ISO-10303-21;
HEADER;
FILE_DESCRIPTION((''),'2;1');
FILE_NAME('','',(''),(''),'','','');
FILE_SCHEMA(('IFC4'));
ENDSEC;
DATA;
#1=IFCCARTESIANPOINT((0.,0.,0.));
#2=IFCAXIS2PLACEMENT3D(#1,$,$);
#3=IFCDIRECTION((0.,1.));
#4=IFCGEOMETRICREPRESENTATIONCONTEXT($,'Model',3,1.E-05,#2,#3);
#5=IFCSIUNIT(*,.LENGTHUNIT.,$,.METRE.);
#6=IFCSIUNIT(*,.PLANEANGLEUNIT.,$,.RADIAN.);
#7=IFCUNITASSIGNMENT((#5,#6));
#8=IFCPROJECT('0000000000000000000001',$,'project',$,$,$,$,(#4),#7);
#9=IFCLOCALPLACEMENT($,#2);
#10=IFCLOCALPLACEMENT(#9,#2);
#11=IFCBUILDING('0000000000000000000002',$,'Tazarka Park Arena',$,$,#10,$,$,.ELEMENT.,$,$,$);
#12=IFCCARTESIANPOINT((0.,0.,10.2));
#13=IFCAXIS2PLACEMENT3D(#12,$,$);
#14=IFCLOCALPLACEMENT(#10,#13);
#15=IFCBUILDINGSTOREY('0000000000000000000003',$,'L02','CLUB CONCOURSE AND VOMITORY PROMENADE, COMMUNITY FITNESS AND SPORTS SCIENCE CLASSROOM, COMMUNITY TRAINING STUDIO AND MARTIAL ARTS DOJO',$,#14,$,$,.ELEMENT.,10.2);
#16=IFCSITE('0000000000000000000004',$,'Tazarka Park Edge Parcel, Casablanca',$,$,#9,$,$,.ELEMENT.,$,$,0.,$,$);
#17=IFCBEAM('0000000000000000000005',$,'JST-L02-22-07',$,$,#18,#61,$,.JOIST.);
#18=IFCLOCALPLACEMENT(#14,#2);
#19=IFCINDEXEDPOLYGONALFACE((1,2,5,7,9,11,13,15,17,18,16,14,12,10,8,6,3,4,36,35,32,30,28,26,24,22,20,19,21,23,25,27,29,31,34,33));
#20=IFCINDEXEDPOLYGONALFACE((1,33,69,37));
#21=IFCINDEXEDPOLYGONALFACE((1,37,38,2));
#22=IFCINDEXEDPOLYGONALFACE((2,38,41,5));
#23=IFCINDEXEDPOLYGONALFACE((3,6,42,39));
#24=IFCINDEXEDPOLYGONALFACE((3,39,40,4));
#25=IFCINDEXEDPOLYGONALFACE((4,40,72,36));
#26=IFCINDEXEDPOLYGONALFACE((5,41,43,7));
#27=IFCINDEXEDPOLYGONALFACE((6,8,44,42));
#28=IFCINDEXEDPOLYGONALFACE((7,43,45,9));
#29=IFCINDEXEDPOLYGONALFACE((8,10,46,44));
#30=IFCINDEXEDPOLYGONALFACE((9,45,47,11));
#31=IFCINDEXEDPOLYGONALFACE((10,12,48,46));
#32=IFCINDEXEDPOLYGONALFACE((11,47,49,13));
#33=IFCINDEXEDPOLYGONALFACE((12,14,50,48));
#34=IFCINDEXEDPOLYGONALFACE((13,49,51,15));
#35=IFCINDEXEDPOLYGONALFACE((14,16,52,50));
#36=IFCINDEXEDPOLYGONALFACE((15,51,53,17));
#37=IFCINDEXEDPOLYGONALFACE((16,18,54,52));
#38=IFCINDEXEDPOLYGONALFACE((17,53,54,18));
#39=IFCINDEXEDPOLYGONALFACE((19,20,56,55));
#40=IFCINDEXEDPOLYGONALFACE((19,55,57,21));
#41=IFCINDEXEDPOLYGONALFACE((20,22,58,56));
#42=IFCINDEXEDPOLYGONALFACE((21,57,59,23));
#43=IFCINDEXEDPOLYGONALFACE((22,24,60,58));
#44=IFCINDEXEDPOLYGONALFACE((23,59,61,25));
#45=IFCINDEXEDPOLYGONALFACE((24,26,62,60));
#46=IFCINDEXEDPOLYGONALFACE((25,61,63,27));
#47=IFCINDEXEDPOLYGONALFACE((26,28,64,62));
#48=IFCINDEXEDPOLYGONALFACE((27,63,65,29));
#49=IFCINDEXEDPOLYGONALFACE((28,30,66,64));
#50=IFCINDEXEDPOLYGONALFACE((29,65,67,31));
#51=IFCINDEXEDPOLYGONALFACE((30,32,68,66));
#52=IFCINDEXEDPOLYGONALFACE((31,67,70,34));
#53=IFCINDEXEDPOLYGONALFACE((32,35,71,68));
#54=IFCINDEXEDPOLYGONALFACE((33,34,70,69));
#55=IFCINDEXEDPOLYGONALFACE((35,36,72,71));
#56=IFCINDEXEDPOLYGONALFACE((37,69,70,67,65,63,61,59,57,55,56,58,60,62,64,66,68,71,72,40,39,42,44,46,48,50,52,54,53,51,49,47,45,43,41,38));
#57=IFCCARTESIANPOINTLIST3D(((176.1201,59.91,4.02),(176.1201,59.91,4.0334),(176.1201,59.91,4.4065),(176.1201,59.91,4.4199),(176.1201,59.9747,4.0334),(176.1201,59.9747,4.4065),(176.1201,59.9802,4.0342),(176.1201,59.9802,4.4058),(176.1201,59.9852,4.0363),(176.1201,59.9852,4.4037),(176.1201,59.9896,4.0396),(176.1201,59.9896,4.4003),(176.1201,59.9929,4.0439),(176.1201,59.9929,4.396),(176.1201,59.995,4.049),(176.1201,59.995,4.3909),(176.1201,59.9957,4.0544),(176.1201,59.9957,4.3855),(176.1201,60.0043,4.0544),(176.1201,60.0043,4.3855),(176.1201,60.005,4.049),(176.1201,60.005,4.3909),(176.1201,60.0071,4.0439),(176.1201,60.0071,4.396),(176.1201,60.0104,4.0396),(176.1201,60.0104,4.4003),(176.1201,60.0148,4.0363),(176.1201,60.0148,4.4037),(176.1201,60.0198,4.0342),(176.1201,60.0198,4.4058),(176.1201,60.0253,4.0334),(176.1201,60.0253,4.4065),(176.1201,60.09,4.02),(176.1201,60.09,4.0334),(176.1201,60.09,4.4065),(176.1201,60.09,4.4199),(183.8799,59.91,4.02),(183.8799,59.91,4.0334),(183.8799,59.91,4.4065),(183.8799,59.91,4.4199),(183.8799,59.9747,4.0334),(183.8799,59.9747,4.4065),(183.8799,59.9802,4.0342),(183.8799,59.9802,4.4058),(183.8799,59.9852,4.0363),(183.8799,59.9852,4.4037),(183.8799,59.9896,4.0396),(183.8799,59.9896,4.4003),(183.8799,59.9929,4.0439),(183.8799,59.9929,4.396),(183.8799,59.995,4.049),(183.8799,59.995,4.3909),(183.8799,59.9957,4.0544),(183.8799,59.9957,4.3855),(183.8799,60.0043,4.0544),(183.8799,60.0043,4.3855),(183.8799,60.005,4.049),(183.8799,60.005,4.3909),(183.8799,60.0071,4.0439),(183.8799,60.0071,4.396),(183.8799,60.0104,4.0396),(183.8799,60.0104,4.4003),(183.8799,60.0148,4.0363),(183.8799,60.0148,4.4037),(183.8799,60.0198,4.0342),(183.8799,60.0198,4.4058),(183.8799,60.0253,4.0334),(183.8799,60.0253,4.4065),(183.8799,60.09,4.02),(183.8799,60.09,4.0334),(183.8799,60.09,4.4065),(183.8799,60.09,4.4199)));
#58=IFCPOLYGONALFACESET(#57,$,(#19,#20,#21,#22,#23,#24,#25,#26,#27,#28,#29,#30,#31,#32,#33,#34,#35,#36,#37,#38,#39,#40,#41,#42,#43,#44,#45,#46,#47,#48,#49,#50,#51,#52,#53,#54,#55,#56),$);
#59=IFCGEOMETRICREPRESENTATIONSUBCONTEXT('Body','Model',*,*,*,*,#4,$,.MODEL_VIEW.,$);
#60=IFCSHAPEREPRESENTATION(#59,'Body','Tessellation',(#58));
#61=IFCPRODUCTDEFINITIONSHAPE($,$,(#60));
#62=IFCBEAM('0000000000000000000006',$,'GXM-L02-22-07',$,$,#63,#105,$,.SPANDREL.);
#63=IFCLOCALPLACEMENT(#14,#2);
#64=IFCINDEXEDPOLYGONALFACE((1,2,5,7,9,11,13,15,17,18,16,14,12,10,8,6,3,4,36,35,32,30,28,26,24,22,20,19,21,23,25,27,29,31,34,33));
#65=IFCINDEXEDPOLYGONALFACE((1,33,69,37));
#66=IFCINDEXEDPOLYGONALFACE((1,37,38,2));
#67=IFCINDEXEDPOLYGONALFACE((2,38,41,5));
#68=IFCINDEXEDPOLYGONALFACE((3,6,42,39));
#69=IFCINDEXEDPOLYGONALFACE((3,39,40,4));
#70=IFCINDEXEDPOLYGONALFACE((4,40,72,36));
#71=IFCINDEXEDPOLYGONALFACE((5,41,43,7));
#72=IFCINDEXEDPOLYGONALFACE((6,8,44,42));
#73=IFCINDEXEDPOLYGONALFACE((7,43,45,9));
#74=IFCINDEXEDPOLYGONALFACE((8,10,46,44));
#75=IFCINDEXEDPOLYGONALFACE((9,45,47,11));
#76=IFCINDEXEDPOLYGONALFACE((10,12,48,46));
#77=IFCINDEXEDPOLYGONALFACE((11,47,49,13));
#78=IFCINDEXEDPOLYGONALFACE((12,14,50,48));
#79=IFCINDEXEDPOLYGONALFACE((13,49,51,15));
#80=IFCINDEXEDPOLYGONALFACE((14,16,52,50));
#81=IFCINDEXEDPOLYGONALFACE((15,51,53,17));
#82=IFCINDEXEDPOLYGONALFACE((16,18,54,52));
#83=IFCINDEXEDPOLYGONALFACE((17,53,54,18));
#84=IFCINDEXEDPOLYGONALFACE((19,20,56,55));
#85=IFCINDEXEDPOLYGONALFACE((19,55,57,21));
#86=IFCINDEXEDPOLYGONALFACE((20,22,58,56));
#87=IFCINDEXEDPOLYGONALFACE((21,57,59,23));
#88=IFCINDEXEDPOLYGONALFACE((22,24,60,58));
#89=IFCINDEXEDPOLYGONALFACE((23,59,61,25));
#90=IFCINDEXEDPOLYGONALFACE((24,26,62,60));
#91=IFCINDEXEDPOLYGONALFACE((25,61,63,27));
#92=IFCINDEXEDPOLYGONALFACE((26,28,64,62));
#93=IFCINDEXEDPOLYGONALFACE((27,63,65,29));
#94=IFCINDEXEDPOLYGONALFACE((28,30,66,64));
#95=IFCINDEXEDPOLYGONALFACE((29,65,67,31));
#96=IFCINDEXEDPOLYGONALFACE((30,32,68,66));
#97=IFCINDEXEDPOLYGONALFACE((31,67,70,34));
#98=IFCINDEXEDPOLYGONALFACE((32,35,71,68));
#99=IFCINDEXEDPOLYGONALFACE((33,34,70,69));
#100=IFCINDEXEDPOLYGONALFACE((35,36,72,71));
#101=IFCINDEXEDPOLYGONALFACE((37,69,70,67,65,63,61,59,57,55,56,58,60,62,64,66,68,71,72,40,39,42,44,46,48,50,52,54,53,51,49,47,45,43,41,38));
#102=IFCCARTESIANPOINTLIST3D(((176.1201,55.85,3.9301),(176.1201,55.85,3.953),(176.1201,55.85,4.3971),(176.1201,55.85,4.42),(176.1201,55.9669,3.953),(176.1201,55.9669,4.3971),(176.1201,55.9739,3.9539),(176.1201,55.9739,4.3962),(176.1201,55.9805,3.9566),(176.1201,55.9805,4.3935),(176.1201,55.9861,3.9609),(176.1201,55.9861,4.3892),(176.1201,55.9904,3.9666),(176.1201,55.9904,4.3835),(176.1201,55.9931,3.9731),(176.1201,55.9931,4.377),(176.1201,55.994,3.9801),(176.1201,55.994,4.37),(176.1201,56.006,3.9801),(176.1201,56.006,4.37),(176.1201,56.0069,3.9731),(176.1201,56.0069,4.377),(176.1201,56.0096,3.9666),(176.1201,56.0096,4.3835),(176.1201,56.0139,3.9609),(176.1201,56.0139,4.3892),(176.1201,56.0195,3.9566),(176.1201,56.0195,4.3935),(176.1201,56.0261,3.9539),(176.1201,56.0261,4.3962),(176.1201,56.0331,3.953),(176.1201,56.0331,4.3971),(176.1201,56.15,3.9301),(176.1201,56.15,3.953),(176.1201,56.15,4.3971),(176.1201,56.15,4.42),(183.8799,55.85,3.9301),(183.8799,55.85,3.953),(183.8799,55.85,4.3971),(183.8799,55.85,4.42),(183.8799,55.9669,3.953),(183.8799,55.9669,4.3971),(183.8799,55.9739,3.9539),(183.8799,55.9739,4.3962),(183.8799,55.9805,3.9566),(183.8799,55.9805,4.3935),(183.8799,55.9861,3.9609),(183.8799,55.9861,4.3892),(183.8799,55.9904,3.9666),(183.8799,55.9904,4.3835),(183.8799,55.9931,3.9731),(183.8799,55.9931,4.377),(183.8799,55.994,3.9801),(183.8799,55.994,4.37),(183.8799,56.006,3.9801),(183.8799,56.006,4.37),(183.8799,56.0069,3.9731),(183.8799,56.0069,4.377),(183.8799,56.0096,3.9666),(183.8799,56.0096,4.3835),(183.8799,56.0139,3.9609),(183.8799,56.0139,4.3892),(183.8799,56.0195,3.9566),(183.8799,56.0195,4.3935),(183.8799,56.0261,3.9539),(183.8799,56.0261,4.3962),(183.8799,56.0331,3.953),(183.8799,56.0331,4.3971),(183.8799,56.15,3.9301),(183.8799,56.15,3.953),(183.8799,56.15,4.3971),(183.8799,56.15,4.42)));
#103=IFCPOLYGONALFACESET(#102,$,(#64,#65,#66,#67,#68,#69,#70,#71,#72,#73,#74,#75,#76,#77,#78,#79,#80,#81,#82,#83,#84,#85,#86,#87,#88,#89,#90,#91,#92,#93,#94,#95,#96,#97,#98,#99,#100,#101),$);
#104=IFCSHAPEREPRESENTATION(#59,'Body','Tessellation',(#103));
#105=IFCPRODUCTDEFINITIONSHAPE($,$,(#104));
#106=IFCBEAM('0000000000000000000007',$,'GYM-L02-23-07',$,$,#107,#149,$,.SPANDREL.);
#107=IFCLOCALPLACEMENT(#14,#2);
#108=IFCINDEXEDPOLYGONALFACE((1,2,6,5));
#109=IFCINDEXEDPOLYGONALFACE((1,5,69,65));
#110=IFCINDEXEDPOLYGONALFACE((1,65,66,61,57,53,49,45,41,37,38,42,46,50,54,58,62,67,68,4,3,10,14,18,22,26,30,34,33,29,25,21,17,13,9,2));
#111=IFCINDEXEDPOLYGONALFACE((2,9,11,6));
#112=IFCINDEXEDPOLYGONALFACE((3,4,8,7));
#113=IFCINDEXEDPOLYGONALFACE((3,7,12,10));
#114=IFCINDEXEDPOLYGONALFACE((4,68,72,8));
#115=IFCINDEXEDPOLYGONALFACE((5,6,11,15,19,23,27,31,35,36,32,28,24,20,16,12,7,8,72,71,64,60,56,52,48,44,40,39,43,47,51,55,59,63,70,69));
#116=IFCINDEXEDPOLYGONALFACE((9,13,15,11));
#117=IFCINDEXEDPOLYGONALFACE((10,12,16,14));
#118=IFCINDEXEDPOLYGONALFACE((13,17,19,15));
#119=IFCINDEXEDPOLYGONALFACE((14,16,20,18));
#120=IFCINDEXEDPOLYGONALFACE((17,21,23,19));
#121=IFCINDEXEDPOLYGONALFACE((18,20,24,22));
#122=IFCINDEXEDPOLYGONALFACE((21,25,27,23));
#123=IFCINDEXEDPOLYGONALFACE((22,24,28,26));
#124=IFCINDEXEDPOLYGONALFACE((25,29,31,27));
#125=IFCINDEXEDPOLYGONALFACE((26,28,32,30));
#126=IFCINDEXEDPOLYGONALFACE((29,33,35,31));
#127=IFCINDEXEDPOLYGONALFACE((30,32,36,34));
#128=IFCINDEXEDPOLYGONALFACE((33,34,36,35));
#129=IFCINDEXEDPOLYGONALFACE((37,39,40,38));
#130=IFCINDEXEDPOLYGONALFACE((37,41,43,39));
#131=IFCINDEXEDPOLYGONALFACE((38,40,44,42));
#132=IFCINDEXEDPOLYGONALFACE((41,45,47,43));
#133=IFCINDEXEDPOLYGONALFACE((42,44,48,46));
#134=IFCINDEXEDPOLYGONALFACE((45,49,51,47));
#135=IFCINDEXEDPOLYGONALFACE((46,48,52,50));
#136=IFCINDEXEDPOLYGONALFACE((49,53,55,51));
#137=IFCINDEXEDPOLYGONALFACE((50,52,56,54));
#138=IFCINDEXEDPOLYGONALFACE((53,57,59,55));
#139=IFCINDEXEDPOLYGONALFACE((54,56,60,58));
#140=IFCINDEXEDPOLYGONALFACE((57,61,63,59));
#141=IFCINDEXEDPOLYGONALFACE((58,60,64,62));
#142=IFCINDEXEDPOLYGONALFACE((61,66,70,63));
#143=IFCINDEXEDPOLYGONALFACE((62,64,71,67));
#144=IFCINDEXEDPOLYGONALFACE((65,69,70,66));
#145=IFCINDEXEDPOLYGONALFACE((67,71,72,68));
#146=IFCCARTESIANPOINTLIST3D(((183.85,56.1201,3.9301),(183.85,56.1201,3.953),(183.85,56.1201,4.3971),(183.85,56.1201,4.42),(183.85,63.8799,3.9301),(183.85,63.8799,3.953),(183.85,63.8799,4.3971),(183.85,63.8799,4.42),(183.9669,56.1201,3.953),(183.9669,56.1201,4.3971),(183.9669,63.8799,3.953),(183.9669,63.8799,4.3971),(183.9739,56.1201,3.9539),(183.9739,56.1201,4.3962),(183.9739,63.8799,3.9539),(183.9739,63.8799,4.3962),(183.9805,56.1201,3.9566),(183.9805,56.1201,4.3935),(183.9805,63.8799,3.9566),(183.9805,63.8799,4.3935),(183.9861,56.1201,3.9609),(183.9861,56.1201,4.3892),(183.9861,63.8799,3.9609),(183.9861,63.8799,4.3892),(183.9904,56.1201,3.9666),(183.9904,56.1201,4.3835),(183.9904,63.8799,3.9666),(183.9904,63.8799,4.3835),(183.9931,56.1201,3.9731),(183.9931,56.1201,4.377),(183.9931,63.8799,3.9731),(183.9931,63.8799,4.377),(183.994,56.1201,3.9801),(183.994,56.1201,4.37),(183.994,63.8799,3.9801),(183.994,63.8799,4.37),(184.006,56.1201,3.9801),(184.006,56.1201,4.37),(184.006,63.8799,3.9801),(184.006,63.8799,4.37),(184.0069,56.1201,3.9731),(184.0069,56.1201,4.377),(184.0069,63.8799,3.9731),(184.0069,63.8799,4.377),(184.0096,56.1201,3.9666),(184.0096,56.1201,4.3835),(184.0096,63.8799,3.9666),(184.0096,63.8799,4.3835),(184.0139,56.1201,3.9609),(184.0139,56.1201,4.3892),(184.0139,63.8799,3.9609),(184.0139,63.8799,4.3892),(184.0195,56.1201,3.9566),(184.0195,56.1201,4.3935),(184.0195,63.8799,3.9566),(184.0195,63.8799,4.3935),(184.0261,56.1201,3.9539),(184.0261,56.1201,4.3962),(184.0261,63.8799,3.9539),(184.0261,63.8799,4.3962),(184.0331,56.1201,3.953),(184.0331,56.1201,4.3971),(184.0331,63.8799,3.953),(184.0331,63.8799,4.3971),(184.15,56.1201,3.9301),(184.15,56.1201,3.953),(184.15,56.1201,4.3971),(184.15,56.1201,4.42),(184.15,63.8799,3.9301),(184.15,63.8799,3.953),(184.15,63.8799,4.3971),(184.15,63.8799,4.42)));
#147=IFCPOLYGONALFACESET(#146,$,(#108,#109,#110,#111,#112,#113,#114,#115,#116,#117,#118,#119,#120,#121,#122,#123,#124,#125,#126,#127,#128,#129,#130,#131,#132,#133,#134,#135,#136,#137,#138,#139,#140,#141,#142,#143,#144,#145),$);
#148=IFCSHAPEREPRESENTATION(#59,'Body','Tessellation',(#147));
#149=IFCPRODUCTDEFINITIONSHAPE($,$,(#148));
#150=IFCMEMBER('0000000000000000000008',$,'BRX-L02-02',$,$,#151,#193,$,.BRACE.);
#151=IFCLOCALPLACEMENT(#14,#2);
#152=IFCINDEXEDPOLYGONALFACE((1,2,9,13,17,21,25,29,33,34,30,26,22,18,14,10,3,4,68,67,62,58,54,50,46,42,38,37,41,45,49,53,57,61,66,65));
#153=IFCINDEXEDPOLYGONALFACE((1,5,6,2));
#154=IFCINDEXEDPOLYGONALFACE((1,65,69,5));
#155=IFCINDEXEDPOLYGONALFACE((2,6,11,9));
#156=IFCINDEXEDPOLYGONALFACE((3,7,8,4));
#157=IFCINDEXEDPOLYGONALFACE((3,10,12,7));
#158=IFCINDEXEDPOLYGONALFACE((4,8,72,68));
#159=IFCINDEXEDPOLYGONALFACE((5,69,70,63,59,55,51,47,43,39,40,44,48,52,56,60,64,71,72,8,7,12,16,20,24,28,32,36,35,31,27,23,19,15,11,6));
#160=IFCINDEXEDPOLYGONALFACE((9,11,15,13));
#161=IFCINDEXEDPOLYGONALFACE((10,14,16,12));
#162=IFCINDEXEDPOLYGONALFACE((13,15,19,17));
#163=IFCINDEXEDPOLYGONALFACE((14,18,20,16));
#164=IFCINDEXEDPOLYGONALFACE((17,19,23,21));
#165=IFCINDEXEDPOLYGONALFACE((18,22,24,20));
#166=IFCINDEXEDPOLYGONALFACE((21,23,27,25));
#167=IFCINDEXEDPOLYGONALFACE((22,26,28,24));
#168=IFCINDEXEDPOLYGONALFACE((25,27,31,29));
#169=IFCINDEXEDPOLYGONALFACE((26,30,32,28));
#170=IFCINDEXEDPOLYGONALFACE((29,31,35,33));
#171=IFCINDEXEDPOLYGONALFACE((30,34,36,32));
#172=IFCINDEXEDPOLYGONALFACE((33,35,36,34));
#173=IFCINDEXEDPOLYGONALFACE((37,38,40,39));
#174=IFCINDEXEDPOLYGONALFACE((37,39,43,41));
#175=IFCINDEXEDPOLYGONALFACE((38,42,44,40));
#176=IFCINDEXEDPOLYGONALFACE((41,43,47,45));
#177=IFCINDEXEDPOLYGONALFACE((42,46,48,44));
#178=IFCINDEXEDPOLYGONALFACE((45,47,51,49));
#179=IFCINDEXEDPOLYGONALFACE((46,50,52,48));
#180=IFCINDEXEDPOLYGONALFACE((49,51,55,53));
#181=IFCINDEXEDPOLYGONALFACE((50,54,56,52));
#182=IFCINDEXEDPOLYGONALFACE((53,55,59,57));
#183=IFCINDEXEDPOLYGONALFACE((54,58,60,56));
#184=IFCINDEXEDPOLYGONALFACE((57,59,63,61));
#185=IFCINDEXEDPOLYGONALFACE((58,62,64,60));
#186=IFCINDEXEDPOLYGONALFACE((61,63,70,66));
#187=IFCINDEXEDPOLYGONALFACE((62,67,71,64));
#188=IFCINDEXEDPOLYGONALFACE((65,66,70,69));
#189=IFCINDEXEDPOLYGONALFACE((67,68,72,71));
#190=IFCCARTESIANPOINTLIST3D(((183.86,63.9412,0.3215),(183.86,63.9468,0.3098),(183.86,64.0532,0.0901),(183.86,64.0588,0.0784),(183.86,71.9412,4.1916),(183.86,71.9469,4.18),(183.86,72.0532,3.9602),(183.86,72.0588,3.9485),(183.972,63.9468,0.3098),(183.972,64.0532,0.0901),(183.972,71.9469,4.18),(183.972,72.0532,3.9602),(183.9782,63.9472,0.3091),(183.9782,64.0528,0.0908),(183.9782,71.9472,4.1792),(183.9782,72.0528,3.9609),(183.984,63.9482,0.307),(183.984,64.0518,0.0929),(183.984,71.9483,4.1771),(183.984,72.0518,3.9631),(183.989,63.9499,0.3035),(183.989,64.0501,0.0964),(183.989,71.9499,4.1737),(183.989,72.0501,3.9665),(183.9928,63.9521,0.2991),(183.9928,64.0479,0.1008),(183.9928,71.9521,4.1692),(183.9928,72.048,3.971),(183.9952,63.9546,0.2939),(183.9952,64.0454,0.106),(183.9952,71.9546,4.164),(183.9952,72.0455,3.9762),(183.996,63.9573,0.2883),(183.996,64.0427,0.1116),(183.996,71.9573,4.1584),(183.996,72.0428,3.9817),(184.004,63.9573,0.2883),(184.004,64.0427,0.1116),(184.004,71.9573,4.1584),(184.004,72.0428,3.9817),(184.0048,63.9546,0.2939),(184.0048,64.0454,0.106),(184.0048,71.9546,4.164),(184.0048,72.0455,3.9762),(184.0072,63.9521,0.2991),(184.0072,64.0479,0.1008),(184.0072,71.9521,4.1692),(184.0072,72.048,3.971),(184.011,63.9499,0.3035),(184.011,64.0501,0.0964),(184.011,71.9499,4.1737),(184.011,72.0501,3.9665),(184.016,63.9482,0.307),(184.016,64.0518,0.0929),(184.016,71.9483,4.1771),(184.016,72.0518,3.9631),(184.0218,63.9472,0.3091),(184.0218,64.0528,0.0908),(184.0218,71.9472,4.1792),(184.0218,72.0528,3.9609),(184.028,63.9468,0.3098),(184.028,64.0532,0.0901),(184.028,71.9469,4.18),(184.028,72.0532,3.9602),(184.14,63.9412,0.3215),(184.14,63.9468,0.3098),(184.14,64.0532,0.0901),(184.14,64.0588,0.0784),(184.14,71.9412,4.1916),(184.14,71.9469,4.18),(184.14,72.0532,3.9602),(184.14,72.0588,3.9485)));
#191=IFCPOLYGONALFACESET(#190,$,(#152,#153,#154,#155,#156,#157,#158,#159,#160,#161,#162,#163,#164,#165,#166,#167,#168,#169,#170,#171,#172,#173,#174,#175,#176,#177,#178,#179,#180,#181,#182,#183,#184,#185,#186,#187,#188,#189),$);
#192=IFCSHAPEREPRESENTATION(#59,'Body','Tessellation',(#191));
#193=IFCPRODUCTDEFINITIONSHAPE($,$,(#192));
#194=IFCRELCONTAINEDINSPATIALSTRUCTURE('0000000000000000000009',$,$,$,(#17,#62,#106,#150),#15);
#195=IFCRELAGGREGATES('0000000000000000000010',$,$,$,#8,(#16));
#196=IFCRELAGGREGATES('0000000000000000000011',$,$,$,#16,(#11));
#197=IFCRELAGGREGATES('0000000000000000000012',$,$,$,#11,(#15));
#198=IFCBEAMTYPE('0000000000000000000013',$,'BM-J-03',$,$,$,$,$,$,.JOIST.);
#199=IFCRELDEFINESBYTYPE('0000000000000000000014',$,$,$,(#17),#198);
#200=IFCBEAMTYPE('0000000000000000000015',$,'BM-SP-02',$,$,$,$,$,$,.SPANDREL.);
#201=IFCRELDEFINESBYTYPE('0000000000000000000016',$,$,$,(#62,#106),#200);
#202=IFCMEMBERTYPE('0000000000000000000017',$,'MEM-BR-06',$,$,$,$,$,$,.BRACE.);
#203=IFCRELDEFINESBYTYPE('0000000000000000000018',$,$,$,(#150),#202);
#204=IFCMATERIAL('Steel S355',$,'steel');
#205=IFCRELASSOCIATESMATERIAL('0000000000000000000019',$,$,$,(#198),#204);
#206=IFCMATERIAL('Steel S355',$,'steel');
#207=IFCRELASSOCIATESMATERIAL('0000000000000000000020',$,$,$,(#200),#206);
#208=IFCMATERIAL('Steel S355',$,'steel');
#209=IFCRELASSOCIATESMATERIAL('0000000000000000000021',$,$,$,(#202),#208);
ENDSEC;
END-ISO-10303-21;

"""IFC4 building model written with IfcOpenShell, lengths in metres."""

from ifc_helpers import new_model, si_unit, direction, frame, origin, origin_2d, place, context, subcontext, project, spatial, i_section, extrude, material, material_profile, profile_set, type_object, element, save


model = new_model("IFC4")

# Units and contexts
model_context = context("Model", 3, precision=1e-05, world=origin(), true_north=direction((0.0, 1.0)))
body_context = subcontext(model_context, "Body", "Model", "MODEL_VIEW")
ifc_project = project(units=[si_unit("LENGTHUNIT", "METRE"), si_unit("PLANEANGLEUNIT", "RADIAN")], contexts=[model_context])

# Site, building, storey
site_placement = place(None, origin())
site = spatial("IfcSite", under=ifc_project, at=site_placement, Name="Tazarka Park Edge Parcel, Casablanca", CompositionType="ELEMENT", RefElevation=0.0)
building_placement = place(site_placement, origin())
building = spatial("IfcBuilding", under=site, at=building_placement, Name="Tazarka Park Arena", CompositionType="ELEMENT")
storey_placement = place(building_placement, frame((0.0, 0.0, 10.2)))
storey = spatial("IfcBuildingStorey", under=building, at=storey_placement, Name="L02", Description="CLUB CONCOURSE AND VOMITORY PROMENADE, COMMUNITY FITNESS AND SPORTS SCIENCE CLASSROOM, COMMUNITY TRAINING STUDIO AND MARTIAL ARTS DOJO", CompositionType="ELEMENT", Elevation=10.2)

# Beams
ifc_material_1 = material(Name="Steel S355", Category="steel")
ifc_material_profile_1 = material_profile(ifc_material_1, i_section(OverallWidth=0.1799, OverallDepth=0.3999, WebThickness=0.0085, FlangeThickness=0.0134, FilletRadius=0.021, at=origin_2d()), Name="Steel S355")
ifc_profile_set_1 = profile_set([ifc_material_profile_1], Name="Steel S355")
beam_type_1 = type_object("IfcBeamType", Name="BM-J-03", PredefinedType="JOIST", material=ifc_profile_set_1)
beam_placement = place(storey_placement, frame((176.1201, 60.0, 4.22), z_axis=(1.0, 0.0, 0.0), x_axis=(0.0, 1.0, 0.0)))
element("IfcBeam", 1, at=beam_placement, inside=storey, type_object=beam_type_1, Name="JST-L02-22-07", PredefinedType="JOIST", context=body_context, shape_type="SweptSolid", body=[
    extrude(i_section(OverallWidth=0.1799, OverallDepth=0.3999, WebThickness=0.0085, FlangeThickness=0.0134, FilletRadius=0.021, at=origin_2d()), origin(), (0.0, 0.0, 1.0), 7.7598),
])
ifc_material_2 = material(Name="Steel S355", Category="steel")
ifc_material_profile_2 = material_profile(ifc_material_2, i_section(OverallWidth=0.3, OverallDepth=0.49, WebThickness=0.012, FlangeThickness=0.0229, FilletRadius=0.0271, at=origin_2d()), Name="Steel S355")
ifc_profile_set_2 = profile_set([ifc_material_profile_2], Name="Steel S355")
beam_type_2 = type_object("IfcBeamType", Name="BM-SP-02", PredefinedType="SPANDREL", material=ifc_profile_set_2)
for number, where, z_axis, x_axis, name in (
    (2, (176.1201, 56.0, 4.175), (1.0, 0.0, 0.0), (0.0, 1.0, 0.0), "GXM-L02-22-07"),
    (3, (184.0, 56.1201, 4.175), (0.0, 1.0, 0.0), (-1.0, 0.0, 0.0), "GYM-L02-23-07"),
):
    element("IfcBeam", number, at=place(storey_placement, frame(where, z_axis=z_axis, x_axis=x_axis)), inside=storey, type_object=beam_type_2, Name=name, PredefinedType="SPANDREL", context=body_context, shape_type="SweptSolid", body=[
        extrude(i_section(OverallWidth=0.3, OverallDepth=0.49, WebThickness=0.012, FlangeThickness=0.0229, FilletRadius=0.0271, at=origin_2d()), origin(), (0.0, 0.0, 1.0), 7.7598),
    ])

# Member
ifc_material_3 = material(Name="Steel S355", Category="steel")
ifc_material_profile_3 = material_profile(ifc_material_3, i_section(OverallWidth=0.28, OverallDepth=0.27, WebThickness=0.0081, FlangeThickness=0.0129, FilletRadius=0.0239, at=origin_2d()), Name="Steel S355")
ifc_profile_set_3 = profile_set([ifc_material_profile_3], Name="Steel S355")
member_type = type_object("IfcMemberType", Name="MEM-BR-06", PredefinedType="BRACE", material=ifc_profile_set_3)
member_placement = place(storey_placement, frame((184.0, 64.0, 0.2), z_axis=(0.0, 0.900197, 0.435483), x_axis=(-1.0, 0.0, 0.0)))
element("IfcMember", 4, at=member_placement, inside=storey, type_object=member_type, Name="BRX-L02-02", PredefinedType="BRACE", context=body_context, shape_type="SweptSolid", body=[
    extrude(i_section(OverallWidth=0.28, OverallDepth=0.27, WebThickness=0.0081, FlangeThickness=0.0129, FilletRadius=0.0239, at=origin_2d()), origin(), (0.0, 0.0, 1.0), 8.887),
])

save(model, "model.ifc")
